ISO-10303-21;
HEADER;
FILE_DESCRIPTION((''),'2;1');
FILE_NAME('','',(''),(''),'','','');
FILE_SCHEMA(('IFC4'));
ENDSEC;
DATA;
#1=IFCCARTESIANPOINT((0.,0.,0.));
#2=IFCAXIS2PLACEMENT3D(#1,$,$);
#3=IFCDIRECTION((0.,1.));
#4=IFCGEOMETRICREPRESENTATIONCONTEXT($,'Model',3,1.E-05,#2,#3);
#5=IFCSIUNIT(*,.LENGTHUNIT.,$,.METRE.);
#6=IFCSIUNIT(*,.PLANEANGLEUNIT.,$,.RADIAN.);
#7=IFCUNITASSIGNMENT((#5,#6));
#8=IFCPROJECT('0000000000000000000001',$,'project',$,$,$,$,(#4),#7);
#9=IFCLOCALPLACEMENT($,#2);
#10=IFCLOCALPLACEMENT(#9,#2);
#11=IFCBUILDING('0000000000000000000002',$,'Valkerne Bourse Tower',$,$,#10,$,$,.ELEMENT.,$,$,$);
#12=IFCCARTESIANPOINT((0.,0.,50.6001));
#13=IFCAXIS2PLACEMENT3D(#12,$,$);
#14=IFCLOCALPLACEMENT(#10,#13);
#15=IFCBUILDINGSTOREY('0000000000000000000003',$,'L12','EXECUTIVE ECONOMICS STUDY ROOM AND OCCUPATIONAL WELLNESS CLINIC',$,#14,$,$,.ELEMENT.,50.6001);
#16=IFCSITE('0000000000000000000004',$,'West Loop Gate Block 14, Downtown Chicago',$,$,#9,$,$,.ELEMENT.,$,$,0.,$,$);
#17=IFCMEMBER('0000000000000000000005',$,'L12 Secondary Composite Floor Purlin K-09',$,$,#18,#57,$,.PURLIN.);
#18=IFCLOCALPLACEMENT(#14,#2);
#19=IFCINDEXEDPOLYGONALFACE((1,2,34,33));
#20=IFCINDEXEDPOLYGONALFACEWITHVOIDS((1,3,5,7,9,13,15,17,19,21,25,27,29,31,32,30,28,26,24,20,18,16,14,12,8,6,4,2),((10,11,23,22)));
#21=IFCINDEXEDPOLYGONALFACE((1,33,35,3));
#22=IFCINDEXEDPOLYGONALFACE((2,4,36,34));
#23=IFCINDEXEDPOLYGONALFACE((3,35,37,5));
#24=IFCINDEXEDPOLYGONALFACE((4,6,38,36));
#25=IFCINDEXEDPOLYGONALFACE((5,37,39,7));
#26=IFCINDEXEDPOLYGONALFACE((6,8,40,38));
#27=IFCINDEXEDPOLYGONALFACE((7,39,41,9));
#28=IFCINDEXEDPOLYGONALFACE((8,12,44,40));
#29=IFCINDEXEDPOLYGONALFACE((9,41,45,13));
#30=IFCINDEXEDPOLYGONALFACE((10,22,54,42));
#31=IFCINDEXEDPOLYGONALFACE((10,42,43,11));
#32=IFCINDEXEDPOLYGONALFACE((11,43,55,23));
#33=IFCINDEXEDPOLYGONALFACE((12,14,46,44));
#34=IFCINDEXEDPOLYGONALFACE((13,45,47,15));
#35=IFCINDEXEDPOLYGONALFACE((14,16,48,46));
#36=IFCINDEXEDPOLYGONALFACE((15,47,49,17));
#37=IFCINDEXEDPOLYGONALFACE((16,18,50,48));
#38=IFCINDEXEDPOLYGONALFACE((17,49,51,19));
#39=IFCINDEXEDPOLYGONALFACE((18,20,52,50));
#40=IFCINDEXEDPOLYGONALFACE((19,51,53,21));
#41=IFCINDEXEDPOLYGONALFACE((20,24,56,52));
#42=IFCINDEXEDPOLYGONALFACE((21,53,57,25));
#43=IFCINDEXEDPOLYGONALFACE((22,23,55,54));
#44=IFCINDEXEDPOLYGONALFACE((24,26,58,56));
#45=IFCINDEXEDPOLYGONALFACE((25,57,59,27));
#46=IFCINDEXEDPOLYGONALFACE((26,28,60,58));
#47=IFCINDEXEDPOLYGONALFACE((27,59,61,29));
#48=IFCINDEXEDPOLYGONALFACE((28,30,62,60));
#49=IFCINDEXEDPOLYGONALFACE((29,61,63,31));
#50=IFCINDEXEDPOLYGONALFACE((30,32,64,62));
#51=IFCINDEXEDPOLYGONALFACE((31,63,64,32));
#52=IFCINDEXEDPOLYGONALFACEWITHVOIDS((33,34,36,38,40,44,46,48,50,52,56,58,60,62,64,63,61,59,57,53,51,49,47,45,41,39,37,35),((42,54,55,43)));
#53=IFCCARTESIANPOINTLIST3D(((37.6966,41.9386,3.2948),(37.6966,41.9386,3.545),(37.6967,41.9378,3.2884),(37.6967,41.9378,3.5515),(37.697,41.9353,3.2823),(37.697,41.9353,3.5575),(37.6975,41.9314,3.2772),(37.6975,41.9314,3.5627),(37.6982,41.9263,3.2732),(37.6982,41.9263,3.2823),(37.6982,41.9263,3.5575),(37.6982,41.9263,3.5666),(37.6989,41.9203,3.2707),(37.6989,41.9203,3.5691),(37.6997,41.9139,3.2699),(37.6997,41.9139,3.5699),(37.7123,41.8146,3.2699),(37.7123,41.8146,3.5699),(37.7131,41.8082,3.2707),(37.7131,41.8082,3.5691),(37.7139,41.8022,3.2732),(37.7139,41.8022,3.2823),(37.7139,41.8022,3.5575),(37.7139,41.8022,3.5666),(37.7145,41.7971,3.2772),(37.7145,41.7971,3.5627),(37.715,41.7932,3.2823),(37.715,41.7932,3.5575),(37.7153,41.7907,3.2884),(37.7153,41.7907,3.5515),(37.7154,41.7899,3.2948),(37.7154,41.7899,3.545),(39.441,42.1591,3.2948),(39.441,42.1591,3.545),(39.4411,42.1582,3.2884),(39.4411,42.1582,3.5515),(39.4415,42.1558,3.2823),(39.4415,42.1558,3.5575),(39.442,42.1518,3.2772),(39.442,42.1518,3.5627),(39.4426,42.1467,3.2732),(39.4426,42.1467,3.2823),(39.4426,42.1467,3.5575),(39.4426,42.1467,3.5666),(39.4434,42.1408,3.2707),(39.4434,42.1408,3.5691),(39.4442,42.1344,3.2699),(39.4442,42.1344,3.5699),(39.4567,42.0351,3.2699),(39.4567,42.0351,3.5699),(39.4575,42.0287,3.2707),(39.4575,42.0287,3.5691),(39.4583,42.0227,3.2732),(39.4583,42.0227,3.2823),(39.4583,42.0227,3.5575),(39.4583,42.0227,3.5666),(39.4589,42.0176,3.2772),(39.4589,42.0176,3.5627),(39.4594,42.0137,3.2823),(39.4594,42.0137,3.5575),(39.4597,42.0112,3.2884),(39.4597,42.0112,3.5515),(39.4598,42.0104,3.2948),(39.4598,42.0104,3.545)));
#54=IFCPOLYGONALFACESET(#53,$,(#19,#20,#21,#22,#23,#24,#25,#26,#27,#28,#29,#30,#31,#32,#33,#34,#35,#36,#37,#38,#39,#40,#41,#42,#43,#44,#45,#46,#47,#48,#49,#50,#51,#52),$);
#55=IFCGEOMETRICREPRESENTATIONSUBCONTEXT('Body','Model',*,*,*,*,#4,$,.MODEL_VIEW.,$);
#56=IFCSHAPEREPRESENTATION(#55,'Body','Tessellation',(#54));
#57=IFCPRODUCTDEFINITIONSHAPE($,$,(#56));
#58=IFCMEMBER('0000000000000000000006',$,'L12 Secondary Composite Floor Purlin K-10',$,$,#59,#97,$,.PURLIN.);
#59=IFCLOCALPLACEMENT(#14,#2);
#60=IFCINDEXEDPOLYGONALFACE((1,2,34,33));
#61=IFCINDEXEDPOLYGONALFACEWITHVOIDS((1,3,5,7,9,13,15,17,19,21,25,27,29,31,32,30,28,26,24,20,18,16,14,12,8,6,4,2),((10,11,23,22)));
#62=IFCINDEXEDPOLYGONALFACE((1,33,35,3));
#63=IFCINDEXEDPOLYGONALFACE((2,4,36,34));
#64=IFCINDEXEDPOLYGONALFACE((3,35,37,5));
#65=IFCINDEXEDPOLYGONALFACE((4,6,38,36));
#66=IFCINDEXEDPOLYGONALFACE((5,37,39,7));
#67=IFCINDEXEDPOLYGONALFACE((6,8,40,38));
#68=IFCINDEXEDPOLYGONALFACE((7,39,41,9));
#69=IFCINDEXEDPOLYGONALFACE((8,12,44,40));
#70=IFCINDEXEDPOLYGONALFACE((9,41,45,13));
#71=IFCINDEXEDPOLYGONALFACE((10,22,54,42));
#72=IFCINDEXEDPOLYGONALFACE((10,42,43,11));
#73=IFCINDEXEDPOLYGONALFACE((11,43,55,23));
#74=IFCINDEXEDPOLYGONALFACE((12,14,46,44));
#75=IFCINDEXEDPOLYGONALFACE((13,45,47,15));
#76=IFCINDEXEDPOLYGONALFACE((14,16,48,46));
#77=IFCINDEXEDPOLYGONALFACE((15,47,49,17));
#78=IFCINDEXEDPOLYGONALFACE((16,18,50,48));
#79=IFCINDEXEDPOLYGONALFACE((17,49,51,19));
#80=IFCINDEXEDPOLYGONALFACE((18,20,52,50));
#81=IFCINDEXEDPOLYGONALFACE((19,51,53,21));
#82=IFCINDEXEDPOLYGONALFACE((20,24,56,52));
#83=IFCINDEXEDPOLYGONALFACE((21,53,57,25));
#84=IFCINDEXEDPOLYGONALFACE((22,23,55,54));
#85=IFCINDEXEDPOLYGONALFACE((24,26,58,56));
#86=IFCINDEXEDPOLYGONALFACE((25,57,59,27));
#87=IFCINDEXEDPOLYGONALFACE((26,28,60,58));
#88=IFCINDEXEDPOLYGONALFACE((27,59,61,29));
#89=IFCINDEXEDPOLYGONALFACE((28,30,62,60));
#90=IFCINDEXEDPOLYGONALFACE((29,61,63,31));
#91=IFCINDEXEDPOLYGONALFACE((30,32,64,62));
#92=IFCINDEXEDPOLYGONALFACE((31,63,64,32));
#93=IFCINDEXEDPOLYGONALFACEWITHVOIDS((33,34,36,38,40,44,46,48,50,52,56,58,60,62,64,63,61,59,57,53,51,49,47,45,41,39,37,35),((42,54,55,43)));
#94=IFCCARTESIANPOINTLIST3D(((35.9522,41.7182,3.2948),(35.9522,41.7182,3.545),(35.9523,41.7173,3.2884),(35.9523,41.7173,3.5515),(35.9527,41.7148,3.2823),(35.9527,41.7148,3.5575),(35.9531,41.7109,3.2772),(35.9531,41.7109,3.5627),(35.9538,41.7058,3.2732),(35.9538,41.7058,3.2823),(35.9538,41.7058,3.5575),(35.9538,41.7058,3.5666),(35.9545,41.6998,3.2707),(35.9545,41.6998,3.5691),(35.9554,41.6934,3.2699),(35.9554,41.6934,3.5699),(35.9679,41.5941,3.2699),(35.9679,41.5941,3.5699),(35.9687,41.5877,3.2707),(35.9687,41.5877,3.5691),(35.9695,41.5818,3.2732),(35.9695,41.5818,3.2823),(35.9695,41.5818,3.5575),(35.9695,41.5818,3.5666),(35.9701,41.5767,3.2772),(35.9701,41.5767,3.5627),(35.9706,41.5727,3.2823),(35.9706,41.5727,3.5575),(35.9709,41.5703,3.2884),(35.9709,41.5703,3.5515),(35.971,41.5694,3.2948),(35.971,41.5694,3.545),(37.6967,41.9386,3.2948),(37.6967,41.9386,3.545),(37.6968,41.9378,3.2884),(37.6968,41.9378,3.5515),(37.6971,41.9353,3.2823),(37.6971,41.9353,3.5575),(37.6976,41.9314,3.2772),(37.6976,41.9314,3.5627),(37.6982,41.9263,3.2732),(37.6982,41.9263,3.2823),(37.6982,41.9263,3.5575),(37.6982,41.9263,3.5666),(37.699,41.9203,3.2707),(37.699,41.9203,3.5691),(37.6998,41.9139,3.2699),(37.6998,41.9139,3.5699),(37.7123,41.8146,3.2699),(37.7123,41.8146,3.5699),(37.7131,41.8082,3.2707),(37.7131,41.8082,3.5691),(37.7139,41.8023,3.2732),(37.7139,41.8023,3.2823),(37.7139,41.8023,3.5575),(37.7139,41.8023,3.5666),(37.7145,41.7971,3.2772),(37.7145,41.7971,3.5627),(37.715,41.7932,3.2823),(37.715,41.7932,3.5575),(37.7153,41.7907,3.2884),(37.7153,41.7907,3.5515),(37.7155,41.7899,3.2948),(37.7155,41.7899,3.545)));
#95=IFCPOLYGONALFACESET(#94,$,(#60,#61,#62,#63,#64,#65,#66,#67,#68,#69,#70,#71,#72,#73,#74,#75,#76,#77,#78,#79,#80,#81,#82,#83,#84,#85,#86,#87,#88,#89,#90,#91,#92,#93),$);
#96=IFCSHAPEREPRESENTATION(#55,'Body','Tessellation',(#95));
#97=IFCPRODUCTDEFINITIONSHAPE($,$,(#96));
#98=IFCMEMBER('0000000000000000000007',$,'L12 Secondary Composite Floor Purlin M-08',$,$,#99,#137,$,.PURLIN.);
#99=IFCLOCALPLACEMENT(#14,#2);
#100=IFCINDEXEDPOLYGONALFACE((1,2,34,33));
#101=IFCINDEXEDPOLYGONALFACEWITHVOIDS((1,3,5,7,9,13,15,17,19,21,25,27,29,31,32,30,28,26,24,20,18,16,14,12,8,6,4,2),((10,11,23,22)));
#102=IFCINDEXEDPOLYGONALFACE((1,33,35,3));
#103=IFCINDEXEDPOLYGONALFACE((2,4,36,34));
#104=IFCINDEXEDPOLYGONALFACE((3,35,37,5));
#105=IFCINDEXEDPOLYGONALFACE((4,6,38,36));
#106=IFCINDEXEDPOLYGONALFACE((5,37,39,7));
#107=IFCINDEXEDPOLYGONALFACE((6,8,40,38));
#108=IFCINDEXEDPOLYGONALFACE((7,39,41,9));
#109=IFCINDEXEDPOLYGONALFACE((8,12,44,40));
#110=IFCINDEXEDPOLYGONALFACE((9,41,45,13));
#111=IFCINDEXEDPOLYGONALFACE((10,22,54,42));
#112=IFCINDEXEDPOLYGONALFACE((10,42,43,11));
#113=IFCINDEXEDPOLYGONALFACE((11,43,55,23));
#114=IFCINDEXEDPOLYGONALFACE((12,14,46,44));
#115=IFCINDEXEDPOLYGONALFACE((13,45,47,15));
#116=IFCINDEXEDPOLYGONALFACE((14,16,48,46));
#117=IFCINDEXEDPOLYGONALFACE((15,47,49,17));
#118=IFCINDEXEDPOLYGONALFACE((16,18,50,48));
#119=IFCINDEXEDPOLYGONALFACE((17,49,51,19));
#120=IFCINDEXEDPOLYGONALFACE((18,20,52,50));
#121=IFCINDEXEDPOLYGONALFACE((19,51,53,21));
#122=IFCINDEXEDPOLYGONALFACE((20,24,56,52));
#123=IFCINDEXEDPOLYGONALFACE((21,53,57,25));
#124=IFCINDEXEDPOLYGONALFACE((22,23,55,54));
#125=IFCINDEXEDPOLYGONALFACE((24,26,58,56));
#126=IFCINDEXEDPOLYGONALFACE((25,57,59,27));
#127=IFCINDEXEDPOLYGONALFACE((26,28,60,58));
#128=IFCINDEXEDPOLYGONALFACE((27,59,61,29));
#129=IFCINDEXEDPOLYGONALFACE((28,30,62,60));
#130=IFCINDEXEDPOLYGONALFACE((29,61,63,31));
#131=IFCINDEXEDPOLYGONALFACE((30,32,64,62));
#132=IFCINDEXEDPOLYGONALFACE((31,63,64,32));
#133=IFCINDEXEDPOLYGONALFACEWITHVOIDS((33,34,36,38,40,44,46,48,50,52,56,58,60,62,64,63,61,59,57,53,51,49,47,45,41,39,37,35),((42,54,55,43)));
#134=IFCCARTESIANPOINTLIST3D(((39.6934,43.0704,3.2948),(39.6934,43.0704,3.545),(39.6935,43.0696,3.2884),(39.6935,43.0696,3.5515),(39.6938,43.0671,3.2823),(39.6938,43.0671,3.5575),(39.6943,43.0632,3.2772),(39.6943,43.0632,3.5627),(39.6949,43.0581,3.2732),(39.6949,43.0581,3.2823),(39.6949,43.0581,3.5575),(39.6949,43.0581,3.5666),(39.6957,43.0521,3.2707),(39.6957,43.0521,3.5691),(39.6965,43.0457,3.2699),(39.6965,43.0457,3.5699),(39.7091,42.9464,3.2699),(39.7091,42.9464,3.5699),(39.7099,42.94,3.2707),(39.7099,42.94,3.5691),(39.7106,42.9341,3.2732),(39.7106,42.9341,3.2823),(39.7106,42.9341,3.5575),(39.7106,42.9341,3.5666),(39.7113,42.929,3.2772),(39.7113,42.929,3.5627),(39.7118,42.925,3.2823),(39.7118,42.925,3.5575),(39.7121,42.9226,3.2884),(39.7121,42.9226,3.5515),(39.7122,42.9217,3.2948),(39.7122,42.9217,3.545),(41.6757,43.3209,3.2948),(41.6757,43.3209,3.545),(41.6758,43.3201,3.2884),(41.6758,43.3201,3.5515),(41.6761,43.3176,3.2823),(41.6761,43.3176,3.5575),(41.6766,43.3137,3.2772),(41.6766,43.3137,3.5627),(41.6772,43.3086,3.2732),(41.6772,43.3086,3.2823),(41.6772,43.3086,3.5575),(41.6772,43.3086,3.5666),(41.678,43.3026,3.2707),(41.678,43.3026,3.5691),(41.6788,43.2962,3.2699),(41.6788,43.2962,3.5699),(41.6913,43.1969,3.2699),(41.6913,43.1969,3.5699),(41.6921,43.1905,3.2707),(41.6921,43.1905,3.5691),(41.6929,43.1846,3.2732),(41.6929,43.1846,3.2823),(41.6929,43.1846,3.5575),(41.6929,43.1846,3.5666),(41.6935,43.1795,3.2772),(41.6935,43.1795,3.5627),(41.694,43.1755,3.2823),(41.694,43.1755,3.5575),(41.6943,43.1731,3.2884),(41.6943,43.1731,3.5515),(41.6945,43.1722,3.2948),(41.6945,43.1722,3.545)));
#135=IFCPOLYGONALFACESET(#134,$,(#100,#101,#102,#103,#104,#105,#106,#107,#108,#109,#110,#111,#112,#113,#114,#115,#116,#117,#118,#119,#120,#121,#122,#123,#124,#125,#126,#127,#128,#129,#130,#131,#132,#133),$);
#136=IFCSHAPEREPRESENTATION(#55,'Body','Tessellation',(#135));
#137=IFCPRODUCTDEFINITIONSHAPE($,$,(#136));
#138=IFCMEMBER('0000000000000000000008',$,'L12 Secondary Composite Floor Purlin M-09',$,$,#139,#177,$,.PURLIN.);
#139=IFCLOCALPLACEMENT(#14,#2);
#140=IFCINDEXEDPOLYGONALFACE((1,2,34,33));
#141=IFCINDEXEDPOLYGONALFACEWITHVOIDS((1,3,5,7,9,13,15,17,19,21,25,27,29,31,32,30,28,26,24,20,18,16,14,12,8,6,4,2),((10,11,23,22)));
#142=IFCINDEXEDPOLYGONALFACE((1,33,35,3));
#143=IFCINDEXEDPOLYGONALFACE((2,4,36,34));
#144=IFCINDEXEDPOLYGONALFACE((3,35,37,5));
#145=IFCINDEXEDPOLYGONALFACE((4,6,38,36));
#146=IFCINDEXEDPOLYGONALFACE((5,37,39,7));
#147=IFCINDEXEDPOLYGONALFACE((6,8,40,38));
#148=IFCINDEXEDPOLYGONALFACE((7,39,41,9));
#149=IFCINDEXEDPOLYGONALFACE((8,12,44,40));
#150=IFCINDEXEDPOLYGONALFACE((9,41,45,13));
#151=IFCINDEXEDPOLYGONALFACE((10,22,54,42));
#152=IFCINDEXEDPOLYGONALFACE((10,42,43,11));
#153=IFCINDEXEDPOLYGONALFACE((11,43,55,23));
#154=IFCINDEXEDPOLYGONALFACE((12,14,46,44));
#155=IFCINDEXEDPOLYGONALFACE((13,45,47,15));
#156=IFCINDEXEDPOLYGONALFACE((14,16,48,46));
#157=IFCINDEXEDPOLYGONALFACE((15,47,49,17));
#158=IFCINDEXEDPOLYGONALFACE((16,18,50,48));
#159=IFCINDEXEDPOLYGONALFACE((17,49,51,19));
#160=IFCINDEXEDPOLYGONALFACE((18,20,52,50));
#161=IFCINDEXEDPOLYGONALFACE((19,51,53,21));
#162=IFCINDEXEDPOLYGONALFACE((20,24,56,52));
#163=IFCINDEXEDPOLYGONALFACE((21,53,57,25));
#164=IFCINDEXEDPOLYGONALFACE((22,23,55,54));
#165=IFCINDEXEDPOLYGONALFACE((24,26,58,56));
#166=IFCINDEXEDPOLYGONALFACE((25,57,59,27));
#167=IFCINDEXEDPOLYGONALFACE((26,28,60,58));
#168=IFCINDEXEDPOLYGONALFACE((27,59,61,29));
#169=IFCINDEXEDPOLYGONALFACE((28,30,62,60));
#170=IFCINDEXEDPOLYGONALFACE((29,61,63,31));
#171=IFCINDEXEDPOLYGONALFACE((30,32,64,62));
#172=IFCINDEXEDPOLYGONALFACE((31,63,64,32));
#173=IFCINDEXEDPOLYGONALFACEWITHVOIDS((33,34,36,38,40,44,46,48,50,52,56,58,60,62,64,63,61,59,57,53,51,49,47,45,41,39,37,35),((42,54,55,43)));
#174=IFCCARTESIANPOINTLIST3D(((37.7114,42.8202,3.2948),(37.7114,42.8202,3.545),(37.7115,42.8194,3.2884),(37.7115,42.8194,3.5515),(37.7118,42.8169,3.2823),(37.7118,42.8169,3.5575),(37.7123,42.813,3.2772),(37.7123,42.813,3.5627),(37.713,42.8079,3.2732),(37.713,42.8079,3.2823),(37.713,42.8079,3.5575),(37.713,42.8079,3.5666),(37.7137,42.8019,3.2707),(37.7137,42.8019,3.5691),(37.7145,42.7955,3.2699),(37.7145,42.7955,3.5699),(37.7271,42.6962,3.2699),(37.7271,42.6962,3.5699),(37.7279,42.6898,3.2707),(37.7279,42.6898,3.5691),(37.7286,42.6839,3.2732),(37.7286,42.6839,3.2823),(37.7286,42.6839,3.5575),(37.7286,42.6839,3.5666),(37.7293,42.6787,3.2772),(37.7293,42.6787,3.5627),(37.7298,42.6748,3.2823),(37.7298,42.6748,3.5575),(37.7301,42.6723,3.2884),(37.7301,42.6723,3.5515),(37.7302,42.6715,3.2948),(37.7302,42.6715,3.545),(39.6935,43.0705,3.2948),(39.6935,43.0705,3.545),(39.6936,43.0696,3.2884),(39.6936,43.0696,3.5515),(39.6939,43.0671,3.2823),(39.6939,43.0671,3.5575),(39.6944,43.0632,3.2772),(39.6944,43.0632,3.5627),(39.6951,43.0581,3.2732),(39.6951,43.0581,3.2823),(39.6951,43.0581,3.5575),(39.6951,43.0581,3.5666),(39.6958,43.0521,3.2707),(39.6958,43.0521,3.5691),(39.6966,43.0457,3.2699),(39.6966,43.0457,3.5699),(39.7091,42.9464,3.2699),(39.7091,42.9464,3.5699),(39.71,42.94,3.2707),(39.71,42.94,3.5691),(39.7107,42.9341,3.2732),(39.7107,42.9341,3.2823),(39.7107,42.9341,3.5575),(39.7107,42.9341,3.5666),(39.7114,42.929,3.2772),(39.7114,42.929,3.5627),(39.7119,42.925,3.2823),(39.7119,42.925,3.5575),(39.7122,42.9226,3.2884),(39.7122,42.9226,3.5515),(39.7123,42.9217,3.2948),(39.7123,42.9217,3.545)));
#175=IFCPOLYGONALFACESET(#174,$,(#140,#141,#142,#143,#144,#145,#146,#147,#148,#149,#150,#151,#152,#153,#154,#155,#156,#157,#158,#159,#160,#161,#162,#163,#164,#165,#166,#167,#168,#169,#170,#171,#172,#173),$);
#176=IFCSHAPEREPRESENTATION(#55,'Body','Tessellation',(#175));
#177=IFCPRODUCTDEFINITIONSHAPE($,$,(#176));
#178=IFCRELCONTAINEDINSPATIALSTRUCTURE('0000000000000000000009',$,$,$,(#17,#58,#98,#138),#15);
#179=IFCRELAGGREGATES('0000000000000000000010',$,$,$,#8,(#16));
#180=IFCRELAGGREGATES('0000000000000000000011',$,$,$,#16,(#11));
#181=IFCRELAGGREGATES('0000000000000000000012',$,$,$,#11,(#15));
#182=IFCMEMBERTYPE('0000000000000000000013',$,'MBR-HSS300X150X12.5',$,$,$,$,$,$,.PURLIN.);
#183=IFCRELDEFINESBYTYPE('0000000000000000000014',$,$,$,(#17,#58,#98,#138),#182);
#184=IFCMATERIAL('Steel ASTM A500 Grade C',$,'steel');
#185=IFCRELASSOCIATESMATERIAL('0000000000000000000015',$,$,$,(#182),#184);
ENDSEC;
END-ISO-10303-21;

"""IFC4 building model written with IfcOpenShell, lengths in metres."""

from ifc_helpers import new_model, si_unit, direction, frame, origin, origin_2d, place, context, subcontext, project, spatial, hollow_rectangle, extrude, material, material_profile, profile_set, type_object, element, save


model = new_model("IFC4")

# Units and contexts
model_context = context("Model", 3, precision=1e-05, world=origin(), true_north=direction((0.0, 1.0)))
body_context = subcontext(model_context, "Body", "Model", "MODEL_VIEW")
ifc_project = project(units=[si_unit("LENGTHUNIT", "METRE"), si_unit("PLANEANGLEUNIT", "RADIAN")], contexts=[model_context])

# Site, building, storey
site_placement = place(None, origin())
site = spatial("IfcSite", under=ifc_project, at=site_placement, Name="West Loop Gate Block 14, Downtown Chicago", CompositionType="ELEMENT", RefElevation=0.0)
building_placement = place(site_placement, origin())
building = spatial("IfcBuilding", under=site, at=building_placement, Name="Valkerne Bourse Tower", CompositionType="ELEMENT")
storey_placement = place(building_placement, frame((0.0, 0.0, 50.6001)))
storey = spatial("IfcBuildingStorey", under=building, at=storey_placement, Name="L12", Description="EXECUTIVE ECONOMICS STUDY ROOM AND OCCUPATIONAL WELLNESS CLINIC", CompositionType="ELEMENT", Elevation=50.6001)

# Members
ifc_material_1 = material(Name="Steel ASTM A500 Grade C", Category="steel")
ifc_material_profile_1 = material_profile(ifc_material_1, hollow_rectangle(XDim=0.1499, YDim=0.3, WallThickness=0.0125, OuterFilletRadius=0.0249, at=origin_2d()), Name="HSS300X150X12.5")
ifc_profile_set_1 = profile_set([ifc_material_profile_1], Name="Steel ASTM A500 Grade C")
member_type = type_object("IfcMemberType", Name="MBR-HSS300X150X12.5", PredefinedType="PURLIN", material=ifc_profile_set_1)
for number, where, z_axis, x_axis, name in (
    (1, (39.4504, 42.0847, 3.4199), (-0.992108, -0.125385, 0.0), (0.125385, -0.992108, 0.0), "L12 Secondary Composite Floor Purlin K-09"),
    (2, (37.7061, 41.8643, 3.4199), (-0.992108, -0.125385, 0.0), (0.125385, -0.992108, 0.0), "L12 Secondary Composite Floor Purlin K-10"),
):
    element("IfcMember", number, at=place(storey_placement, frame(where, z_axis=z_axis, x_axis=x_axis)), inside=storey, type_object=member_type, Name=name, PredefinedType="PURLIN", context=body_context, shape_type="SweptSolid", body=[
        extrude(hollow_rectangle(XDim=0.1499, YDim=0.3, WallThickness=0.0125, OuterFilletRadius=0.0249, at=origin_2d()), origin(), (0.0, 0.0, 1.0), 1.7583),
    ])
member_1_placement = place(storey_placement, frame((41.6851, 43.2466, 3.4199), z_axis=(-0.99211, -0.125373, 0.0), x_axis=(0.125373, -0.99211, 0.0)))
element("IfcMember", 3, at=member_1_placement, inside=storey, type_object=member_type, Name="L12 Secondary Composite Floor Purlin M-08", PredefinedType="PURLIN", context=body_context, shape_type="SweptSolid", body=[
    extrude(hollow_rectangle(XDim=0.1499, YDim=0.3, WallThickness=0.0125, OuterFilletRadius=0.0249, at=origin_2d()), origin(), (0.0, 0.0, 1.0), 1.998),
])
member_2_placement = place(storey_placement, frame((39.7029, 42.9961, 3.4199), z_axis=(-0.992125, -0.125253, 0.0), x_axis=(0.125253, -0.992125, 0.0)))
element("IfcMember", 4, at=member_2_placement, inside=storey, type_object=member_type, Name="L12 Secondary Composite Floor Purlin M-09", PredefinedType="PURLIN", context=body_context, shape_type="SweptSolid", body=[
    extrude(hollow_rectangle(XDim=0.1499, YDim=0.3, WallThickness=0.0125, OuterFilletRadius=0.0249, at=origin_2d()), origin(), (0.0, 0.0, 1.0), 1.9978),
])

save(model, "model.ifc")
